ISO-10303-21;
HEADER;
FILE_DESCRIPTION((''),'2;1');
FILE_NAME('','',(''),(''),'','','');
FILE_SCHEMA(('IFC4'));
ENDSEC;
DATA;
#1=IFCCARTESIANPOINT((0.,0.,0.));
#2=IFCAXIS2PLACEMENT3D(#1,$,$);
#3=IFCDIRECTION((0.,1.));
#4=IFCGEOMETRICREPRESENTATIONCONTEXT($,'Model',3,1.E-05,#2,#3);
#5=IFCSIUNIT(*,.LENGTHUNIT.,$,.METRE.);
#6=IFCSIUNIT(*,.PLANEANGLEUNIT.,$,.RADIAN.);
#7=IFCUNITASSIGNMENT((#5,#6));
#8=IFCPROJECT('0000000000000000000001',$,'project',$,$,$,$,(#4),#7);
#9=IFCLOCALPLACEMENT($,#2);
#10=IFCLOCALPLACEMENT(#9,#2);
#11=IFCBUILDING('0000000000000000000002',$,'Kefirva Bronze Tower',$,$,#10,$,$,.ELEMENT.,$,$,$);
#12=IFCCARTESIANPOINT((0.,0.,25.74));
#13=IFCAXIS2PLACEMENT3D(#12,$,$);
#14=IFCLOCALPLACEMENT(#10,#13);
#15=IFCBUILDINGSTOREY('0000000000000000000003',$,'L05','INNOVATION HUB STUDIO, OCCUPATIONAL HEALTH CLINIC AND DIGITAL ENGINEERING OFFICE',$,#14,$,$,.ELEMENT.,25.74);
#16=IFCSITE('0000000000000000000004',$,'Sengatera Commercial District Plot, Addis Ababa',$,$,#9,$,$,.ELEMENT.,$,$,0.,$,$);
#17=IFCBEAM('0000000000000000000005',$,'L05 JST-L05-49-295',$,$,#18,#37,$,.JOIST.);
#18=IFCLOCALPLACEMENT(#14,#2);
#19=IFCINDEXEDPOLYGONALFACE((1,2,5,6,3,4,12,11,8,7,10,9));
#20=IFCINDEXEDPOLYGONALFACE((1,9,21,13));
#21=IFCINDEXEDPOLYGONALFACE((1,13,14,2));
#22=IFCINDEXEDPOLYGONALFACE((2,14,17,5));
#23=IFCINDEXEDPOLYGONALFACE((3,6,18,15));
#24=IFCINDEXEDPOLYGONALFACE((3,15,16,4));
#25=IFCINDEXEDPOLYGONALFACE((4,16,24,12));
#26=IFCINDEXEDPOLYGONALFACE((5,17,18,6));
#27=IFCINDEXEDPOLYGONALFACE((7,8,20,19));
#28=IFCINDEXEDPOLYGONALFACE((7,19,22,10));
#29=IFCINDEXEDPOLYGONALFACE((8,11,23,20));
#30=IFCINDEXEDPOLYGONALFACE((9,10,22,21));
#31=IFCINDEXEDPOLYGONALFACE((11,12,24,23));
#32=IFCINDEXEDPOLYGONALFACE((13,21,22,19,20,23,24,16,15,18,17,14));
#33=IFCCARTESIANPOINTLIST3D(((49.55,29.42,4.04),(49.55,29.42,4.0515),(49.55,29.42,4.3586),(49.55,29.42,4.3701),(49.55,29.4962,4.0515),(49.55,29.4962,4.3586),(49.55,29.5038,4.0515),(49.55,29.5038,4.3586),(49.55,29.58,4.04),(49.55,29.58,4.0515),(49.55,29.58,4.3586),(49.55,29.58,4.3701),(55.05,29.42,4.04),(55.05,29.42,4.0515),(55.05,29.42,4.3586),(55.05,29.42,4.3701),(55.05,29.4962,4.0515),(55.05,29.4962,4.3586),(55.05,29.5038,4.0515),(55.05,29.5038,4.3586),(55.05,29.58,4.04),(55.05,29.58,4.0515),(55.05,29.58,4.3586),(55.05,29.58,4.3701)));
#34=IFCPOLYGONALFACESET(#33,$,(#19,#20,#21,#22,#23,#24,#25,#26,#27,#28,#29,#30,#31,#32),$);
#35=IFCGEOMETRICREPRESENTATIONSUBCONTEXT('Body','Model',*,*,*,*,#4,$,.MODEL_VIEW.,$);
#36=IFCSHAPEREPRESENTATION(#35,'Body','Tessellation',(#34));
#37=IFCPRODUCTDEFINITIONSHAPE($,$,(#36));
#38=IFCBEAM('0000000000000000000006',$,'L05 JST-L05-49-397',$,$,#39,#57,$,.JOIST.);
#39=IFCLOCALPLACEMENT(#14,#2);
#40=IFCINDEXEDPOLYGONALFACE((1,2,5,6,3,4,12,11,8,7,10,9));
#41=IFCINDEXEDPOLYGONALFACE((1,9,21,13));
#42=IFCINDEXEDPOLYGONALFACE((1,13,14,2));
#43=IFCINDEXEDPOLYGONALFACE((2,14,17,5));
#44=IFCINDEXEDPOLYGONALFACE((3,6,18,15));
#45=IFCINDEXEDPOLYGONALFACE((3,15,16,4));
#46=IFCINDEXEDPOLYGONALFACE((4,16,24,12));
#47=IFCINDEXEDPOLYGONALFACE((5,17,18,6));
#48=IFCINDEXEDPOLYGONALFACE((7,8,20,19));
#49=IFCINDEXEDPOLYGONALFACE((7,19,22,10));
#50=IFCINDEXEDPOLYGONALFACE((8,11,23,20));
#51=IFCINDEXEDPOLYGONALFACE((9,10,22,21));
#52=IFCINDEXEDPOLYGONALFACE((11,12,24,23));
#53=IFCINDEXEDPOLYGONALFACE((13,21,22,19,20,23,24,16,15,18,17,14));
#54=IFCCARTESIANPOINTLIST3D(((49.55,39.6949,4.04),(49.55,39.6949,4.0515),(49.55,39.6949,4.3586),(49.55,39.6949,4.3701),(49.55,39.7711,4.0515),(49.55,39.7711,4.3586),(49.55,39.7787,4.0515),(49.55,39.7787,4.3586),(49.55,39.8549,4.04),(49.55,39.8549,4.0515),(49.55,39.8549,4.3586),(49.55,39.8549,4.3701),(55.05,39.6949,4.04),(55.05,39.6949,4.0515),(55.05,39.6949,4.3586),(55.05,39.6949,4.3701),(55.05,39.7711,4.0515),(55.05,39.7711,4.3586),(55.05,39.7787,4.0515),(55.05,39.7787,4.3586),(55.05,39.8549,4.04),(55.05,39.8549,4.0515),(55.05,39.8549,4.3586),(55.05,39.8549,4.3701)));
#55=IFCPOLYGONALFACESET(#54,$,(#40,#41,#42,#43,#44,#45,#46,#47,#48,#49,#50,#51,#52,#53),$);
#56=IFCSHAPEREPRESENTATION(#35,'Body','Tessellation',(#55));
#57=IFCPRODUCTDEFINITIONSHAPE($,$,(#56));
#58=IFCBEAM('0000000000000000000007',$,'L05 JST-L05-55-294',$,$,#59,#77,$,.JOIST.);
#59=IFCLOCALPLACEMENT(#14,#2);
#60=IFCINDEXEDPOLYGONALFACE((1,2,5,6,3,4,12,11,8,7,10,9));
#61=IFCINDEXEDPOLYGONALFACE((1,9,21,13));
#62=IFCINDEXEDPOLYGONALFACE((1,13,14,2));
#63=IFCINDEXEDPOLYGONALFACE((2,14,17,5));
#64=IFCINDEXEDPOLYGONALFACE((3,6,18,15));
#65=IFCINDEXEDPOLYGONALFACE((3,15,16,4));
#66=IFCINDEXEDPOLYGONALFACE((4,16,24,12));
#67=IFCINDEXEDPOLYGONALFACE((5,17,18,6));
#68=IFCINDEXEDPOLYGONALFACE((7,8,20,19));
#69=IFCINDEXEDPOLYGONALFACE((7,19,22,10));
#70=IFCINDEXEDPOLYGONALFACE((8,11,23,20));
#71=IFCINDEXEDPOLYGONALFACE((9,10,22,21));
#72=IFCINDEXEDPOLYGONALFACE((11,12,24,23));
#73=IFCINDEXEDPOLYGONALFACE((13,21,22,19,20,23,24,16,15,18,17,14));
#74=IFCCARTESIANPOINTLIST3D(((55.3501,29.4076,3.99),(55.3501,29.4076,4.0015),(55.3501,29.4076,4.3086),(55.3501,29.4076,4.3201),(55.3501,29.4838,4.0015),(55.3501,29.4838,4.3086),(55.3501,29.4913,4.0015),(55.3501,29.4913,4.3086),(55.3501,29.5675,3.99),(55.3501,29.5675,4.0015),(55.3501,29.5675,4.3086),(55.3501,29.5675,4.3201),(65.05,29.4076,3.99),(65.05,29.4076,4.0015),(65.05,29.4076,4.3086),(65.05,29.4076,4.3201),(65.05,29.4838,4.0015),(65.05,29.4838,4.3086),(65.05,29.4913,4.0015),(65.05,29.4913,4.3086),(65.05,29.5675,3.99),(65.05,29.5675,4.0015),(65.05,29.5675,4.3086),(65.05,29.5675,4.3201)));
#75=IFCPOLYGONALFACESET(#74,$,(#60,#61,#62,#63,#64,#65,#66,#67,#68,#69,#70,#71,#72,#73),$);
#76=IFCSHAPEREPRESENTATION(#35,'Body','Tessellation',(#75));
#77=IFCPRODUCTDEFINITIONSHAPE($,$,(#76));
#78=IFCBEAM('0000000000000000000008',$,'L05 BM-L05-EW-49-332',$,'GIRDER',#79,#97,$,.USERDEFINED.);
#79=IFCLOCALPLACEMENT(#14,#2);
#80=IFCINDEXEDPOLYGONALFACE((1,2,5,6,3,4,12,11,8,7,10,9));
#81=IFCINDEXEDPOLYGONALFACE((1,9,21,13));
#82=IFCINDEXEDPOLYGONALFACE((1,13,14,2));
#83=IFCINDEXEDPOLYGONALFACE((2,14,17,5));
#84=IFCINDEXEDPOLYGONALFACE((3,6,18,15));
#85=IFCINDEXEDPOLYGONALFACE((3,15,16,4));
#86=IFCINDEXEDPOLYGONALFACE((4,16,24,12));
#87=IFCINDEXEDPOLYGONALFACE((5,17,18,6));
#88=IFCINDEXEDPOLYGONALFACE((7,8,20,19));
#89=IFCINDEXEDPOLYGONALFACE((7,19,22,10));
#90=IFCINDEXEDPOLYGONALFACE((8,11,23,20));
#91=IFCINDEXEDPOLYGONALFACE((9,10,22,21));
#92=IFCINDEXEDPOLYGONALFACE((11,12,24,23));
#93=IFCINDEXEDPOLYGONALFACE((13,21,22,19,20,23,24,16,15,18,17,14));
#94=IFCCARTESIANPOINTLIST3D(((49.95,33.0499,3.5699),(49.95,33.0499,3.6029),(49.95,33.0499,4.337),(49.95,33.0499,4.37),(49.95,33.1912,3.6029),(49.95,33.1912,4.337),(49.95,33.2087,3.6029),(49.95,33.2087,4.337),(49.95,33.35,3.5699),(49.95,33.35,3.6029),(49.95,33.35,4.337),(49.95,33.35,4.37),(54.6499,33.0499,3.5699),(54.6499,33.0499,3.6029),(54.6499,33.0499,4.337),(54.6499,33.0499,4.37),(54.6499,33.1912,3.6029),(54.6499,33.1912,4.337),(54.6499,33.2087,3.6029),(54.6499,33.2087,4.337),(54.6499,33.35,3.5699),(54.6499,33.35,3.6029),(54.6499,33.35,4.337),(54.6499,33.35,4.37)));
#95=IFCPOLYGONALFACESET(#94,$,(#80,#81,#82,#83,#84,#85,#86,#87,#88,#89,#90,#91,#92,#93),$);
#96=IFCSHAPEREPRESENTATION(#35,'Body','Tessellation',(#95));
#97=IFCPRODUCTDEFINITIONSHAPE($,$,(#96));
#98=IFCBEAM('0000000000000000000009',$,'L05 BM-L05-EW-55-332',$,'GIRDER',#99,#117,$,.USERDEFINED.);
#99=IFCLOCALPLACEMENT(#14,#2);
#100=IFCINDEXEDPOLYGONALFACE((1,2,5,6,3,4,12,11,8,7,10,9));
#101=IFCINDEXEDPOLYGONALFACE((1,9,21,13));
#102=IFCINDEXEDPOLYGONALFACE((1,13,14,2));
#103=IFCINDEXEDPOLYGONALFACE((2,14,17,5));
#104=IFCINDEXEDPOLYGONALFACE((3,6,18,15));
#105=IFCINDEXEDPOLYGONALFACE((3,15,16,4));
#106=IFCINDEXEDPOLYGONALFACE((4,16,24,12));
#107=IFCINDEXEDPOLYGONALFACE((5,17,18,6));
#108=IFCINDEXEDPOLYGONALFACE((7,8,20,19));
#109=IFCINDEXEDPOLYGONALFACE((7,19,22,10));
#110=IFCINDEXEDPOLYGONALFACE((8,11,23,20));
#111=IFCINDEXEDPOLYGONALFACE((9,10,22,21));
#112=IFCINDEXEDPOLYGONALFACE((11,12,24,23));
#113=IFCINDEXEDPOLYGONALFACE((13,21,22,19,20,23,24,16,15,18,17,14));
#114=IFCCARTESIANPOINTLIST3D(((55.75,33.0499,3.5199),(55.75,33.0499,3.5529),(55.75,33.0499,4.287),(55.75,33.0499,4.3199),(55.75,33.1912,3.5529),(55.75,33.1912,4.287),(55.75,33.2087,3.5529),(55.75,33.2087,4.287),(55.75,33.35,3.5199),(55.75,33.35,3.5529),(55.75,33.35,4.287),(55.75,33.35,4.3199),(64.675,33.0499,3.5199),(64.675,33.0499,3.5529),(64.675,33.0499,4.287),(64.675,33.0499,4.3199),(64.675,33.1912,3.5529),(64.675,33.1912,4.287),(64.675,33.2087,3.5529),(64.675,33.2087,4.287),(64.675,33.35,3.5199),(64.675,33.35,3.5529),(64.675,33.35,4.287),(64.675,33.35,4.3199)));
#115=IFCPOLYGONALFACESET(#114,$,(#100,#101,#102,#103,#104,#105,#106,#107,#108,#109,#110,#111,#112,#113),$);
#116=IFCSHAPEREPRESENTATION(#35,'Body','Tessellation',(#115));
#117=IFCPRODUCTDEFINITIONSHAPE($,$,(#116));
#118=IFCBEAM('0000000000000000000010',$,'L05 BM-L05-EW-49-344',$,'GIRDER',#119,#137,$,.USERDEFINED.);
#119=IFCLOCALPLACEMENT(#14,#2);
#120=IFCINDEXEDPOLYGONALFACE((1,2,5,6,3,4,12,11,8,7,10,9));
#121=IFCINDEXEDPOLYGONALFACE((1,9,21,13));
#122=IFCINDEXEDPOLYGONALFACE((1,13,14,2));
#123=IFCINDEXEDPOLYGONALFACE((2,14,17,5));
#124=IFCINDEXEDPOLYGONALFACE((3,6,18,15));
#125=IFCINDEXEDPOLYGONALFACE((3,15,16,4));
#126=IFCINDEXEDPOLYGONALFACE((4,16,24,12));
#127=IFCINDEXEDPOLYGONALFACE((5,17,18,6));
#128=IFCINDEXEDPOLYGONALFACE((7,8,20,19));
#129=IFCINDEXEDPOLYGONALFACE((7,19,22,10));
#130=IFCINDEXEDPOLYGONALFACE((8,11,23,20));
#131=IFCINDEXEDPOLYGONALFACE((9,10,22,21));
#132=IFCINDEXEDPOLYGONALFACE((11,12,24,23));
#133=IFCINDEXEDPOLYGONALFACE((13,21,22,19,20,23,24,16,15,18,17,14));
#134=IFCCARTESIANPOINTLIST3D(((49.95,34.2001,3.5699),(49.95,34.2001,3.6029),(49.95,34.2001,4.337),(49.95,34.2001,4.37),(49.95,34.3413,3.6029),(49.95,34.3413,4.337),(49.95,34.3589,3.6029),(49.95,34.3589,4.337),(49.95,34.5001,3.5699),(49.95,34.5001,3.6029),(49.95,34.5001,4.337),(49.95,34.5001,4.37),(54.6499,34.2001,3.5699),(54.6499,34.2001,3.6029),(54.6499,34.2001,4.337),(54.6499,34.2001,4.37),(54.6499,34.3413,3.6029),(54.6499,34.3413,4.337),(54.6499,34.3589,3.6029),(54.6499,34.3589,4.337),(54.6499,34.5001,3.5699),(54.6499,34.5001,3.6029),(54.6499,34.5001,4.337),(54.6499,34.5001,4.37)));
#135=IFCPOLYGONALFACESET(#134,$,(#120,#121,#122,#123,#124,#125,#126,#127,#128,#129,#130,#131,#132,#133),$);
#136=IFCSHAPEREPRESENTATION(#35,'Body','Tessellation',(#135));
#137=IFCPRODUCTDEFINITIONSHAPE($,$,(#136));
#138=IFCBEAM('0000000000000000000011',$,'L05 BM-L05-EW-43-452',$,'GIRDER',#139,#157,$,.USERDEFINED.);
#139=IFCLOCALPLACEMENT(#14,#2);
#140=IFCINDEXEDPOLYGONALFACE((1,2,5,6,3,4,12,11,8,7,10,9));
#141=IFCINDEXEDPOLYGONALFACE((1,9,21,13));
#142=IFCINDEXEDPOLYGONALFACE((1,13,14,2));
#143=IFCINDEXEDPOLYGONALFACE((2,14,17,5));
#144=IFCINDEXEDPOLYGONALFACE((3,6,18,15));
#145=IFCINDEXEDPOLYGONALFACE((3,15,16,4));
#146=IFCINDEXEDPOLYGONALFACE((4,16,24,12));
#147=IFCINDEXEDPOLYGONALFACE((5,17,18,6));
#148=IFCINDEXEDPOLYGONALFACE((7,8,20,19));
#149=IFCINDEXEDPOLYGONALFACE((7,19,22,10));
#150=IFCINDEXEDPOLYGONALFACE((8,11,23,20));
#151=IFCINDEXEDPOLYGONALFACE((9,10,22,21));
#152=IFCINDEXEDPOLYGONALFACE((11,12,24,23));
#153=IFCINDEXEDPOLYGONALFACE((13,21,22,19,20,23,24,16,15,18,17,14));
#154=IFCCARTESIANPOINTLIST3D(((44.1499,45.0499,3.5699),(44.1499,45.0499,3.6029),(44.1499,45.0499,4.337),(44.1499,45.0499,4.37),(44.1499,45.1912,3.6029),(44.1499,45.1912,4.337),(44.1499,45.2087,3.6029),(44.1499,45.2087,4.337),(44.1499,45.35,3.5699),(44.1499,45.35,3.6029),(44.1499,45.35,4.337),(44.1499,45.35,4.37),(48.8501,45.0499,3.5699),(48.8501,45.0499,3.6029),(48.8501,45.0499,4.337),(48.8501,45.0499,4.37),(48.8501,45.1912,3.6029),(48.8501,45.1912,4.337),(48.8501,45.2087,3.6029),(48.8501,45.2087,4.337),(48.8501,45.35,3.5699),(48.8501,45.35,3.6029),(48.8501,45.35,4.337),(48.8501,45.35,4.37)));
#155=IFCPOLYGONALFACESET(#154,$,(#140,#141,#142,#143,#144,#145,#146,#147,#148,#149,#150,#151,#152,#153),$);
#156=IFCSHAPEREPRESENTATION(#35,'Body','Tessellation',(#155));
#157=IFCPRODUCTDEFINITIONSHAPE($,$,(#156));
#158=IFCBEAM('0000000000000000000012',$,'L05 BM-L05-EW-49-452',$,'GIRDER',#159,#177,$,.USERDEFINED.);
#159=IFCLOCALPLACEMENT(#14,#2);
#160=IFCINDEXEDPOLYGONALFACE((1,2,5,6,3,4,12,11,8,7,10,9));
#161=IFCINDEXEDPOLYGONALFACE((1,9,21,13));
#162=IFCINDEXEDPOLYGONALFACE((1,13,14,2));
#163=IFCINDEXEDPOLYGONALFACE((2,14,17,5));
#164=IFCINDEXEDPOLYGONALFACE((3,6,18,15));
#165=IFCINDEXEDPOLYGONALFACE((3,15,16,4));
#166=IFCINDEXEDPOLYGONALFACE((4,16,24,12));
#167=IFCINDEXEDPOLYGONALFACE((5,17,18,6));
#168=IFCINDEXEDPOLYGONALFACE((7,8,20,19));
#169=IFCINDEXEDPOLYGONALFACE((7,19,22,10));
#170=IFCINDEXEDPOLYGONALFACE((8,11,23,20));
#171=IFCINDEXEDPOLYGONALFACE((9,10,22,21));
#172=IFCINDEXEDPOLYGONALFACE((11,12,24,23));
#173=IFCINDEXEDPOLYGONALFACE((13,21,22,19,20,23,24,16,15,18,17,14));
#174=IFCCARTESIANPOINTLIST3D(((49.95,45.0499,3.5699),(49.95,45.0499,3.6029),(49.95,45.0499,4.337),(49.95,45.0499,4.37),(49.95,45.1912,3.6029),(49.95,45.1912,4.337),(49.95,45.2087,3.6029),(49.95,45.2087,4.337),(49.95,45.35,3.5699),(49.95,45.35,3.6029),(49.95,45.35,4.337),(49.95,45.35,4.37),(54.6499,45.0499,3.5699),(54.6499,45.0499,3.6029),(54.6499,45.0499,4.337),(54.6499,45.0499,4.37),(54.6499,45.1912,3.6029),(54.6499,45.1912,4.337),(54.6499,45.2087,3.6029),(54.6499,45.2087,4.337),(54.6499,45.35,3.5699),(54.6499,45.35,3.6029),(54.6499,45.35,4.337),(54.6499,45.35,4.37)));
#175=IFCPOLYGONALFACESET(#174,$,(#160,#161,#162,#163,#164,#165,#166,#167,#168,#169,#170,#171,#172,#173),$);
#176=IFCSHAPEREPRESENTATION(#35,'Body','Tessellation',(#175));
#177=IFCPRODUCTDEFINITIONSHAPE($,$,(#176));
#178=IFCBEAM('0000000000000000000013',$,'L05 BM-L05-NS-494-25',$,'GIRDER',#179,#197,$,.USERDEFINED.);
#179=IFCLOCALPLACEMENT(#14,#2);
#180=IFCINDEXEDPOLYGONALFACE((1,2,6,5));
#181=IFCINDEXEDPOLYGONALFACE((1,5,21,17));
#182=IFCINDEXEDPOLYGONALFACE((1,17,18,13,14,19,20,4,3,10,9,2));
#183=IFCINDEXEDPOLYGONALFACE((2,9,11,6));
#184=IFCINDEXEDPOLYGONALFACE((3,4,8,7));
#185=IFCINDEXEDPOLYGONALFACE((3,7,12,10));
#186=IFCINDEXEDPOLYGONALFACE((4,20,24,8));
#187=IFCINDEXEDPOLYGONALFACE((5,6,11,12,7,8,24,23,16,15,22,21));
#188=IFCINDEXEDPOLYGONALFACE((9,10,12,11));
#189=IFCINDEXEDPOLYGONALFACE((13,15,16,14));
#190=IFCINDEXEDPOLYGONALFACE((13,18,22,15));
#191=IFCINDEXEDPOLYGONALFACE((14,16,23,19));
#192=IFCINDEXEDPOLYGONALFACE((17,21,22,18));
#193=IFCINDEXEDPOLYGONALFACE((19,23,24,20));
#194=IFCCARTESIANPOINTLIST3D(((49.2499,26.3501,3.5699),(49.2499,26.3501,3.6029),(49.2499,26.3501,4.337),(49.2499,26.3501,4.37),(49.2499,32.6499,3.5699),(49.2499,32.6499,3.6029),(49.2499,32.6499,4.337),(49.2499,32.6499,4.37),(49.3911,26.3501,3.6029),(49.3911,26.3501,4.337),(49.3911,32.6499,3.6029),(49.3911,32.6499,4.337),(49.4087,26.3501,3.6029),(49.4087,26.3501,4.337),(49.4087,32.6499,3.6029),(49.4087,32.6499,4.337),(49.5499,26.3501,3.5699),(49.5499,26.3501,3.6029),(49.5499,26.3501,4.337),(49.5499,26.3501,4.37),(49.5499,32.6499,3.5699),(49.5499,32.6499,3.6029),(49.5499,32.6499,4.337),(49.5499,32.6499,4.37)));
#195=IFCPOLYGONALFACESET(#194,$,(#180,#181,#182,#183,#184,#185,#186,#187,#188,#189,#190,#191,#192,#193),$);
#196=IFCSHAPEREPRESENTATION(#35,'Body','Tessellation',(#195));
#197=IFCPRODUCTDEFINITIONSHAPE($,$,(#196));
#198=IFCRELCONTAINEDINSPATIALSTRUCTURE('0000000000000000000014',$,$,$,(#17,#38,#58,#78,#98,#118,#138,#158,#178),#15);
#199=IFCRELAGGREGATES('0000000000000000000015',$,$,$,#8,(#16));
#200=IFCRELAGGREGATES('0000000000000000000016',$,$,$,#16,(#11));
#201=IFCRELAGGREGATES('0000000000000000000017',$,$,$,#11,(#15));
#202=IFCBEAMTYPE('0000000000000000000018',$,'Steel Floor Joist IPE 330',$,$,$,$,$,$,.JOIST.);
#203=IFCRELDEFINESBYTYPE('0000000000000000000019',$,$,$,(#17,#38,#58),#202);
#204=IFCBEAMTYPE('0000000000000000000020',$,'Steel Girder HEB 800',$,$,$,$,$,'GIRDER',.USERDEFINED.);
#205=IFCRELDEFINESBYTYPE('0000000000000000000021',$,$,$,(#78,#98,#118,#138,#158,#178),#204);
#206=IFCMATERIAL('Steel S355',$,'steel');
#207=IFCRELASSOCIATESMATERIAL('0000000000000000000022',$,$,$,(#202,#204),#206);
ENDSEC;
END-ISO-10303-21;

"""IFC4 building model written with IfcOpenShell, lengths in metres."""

from ifc_helpers import new_model, si_unit, direction, frame, origin, origin_2d, place, context, subcontext, project, spatial, i_section, extrude, material, material_profile, profile_set, type_object, element, save


model = new_model("IFC4")

# Units and contexts
model_context = context("Model", 3, precision=1e-05, world=origin(), true_north=direction((0.0, 1.0)))
body_context = subcontext(model_context, "Body", "Model", "MODEL_VIEW")
ifc_project = project(units=[si_unit("LENGTHUNIT", "METRE"), si_unit("PLANEANGLEUNIT", "RADIAN")], contexts=[model_context])

# Site, building, storey
site_placement = place(None, origin())
site = spatial("IfcSite", under=ifc_project, at=site_placement, Name="Sengatera Commercial District Plot, Addis Ababa", CompositionType="ELEMENT", RefElevation=0.0)
building_placement = place(site_placement, origin())
building = spatial("IfcBuilding", under=site, at=building_placement, Name="Kefirva Bronze Tower", CompositionType="ELEMENT")
storey_placement = place(building_placement, frame((0.0, 0.0, 25.74)))
storey = spatial("IfcBuildingStorey", under=building, at=storey_placement, Name="L05", Description="INNOVATION HUB STUDIO, OCCUPATIONAL HEALTH CLINIC AND DIGITAL ENGINEERING OFFICE", CompositionType="ELEMENT", Elevation=25.74)

# Beams
ifc_material_1 = material(Name="Steel S355", Category="steel")
ifc_material_profile_1 = material_profile(ifc_material_1, i_section(OverallWidth=0.1599, OverallDepth=0.3301, WebThickness=0.0076, FlangeThickness=0.0115, at=origin_2d()), Name="IPE 330")
ifc_profile_set_1 = profile_set([ifc_material_profile_1], Name="Steel S355")
beam_type_1 = type_object("IfcBeamType", Name="Steel Floor Joist IPE 330", PredefinedType="JOIST", material=ifc_profile_set_1)
for number, where, z_axis, x_axis, name in (
    (1, (49.55, 29.5, 4.2051), (1.0, 0.0, 0.0), (0.0, 1.0, 0.0), "L05 JST-L05-49-295"),
    (2, (49.55, 39.7749, 4.2051), (1.0, 0.0, 0.0), (0.0, 1.0, 0.0), "L05 JST-L05-49-397"),
):
    element("IfcBeam", number, at=place(storey_placement, frame(where, z_axis=z_axis, x_axis=x_axis)), inside=storey, type_object=beam_type_1, Name=name, PredefinedType="JOIST", context=body_context, shape_type="SweptSolid", body=[
        extrude(i_section(OverallWidth=0.1599, OverallDepth=0.3301, WebThickness=0.0076, FlangeThickness=0.0115, at=origin_2d()), origin(), (0.0, 0.0, 1.0), 5.5),
    ])
beam_1_placement = place(storey_placement, frame((55.3501, 29.4875, 4.155), z_axis=(1.0, 0.0, 0.0), x_axis=(0.0, 1.0, 0.0)))
element("IfcBeam", 3, at=beam_1_placement, inside=storey, type_object=beam_type_1, Name="L05 JST-L05-55-294", PredefinedType="JOIST", context=body_context, shape_type="SweptSolid", body=[
    extrude(i_section(OverallWidth=0.1599, OverallDepth=0.3301, WebThickness=0.0076, FlangeThickness=0.0115, at=origin_2d()), origin(), (0.0, 0.0, 1.0), 9.7),
])
ifc_material_profile_2 = material_profile(ifc_material_1, i_section(OverallWidth=0.3, OverallDepth=0.8, WebThickness=0.0176, FlangeThickness=0.033, at=origin_2d()), Name="HEB 800")
ifc_profile_set_2 = profile_set([ifc_material_profile_2], Name="Steel S355")
beam_type_2 = type_object("IfcBeamType", Name="Steel Girder HEB 800", ElementType="GIRDER", PredefinedType="USERDEFINED", material=ifc_profile_set_2)
beam_2_placement = place(storey_placement, frame((49.95, 33.2, 3.97), z_axis=(1.0, 0.0, 0.0), x_axis=(0.0, 1.0, 0.0)))
element("IfcBeam", 4, at=beam_2_placement, inside=storey, type_object=beam_type_2, Name="L05 BM-L05-EW-49-332", ObjectType="GIRDER", PredefinedType="USERDEFINED", context=body_context, shape_type="SweptSolid", body=[
    extrude(i_section(OverallWidth=0.3, OverallDepth=0.8, WebThickness=0.0176, FlangeThickness=0.033, at=origin_2d()), origin(), (0.0, 0.0, 1.0), 4.7),
])
beam_3_placement = place(storey_placement, frame((55.75, 33.2, 3.9199), z_axis=(1.0, 0.0, 0.0), x_axis=(0.0, 1.0, 0.0)))
element("IfcBeam", 5, at=beam_3_placement, inside=storey, type_object=beam_type_2, Name="L05 BM-L05-EW-55-332", ObjectType="GIRDER", PredefinedType="USERDEFINED", context=body_context, shape_type="SweptSolid", body=[
    extrude(i_section(OverallWidth=0.3, OverallDepth=0.8, WebThickness=0.0176, FlangeThickness=0.033, at=origin_2d()), origin(), (0.0, 0.0, 1.0), 8.925),
])
beam_4_placement = place(storey_placement, frame((49.95, 34.3501, 3.97), z_axis=(1.0, 0.0, 0.0), x_axis=(0.0, 1.0, 0.0)))
element("IfcBeam", 6, at=beam_4_placement, inside=storey, type_object=beam_type_2, Name="L05 BM-L05-EW-49-344", ObjectType="GIRDER", PredefinedType="USERDEFINED", context=body_context, shape_type="SweptSolid", body=[
    extrude(i_section(OverallWidth=0.3, OverallDepth=0.8, WebThickness=0.0176, FlangeThickness=0.033, at=origin_2d()), origin(), (0.0, 0.0, 1.0), 4.7),
])
beam_5_placement = place(storey_placement, frame((44.1499, 45.2, 3.97), z_axis=(1.0, 0.0, 0.0), x_axis=(0.0, 1.0, 0.0)))
element("IfcBeam", 7, at=beam_5_placement, inside=storey, type_object=beam_type_2, Name="L05 BM-L05-EW-43-452", ObjectType="GIRDER", PredefinedType="USERDEFINED", context=body_context, shape_type="SweptSolid", body=[
    extrude(i_section(OverallWidth=0.3, OverallDepth=0.8, WebThickness=0.0176, FlangeThickness=0.033, at=origin_2d()), origin(), (0.0, 0.0, 1.0), 4.7002),
])
beam_6_placement = place(storey_placement, frame((49.95, 45.2, 3.97), z_axis=(1.0, 0.0, 0.0), x_axis=(0.0, 1.0, 0.0)))
element("IfcBeam", 8, at=beam_6_placement, inside=storey, type_object=beam_type_2, Name="L05 BM-L05-EW-49-452", ObjectType="GIRDER", PredefinedType="USERDEFINED", context=body_context, shape_type="SweptSolid", body=[
    extrude(i_section(OverallWidth=0.3, OverallDepth=0.8, WebThickness=0.0176, FlangeThickness=0.033, at=origin_2d()), origin(), (0.0, 0.0, 1.0), 4.7),
])
beam_7_placement = place(storey_placement, frame((49.3999, 26.3501, 3.97), z_axis=(0.0, 1.0, 0.0), x_axis=(-1.0, 0.0, 0.0)))
element("IfcBeam", 9, at=beam_7_placement, inside=storey, type_object=beam_type_2, Name="L05 BM-L05-NS-494-25", ObjectType="GIRDER", PredefinedType="USERDEFINED", context=body_context, shape_type="SweptSolid", body=[
    extrude(i_section(OverallWidth=0.3, OverallDepth=0.8, WebThickness=0.0176, FlangeThickness=0.033, at=origin_2d()), origin(), (0.0, 0.0, 1.0), 6.2998),
])

save(model, "model.ifc")
